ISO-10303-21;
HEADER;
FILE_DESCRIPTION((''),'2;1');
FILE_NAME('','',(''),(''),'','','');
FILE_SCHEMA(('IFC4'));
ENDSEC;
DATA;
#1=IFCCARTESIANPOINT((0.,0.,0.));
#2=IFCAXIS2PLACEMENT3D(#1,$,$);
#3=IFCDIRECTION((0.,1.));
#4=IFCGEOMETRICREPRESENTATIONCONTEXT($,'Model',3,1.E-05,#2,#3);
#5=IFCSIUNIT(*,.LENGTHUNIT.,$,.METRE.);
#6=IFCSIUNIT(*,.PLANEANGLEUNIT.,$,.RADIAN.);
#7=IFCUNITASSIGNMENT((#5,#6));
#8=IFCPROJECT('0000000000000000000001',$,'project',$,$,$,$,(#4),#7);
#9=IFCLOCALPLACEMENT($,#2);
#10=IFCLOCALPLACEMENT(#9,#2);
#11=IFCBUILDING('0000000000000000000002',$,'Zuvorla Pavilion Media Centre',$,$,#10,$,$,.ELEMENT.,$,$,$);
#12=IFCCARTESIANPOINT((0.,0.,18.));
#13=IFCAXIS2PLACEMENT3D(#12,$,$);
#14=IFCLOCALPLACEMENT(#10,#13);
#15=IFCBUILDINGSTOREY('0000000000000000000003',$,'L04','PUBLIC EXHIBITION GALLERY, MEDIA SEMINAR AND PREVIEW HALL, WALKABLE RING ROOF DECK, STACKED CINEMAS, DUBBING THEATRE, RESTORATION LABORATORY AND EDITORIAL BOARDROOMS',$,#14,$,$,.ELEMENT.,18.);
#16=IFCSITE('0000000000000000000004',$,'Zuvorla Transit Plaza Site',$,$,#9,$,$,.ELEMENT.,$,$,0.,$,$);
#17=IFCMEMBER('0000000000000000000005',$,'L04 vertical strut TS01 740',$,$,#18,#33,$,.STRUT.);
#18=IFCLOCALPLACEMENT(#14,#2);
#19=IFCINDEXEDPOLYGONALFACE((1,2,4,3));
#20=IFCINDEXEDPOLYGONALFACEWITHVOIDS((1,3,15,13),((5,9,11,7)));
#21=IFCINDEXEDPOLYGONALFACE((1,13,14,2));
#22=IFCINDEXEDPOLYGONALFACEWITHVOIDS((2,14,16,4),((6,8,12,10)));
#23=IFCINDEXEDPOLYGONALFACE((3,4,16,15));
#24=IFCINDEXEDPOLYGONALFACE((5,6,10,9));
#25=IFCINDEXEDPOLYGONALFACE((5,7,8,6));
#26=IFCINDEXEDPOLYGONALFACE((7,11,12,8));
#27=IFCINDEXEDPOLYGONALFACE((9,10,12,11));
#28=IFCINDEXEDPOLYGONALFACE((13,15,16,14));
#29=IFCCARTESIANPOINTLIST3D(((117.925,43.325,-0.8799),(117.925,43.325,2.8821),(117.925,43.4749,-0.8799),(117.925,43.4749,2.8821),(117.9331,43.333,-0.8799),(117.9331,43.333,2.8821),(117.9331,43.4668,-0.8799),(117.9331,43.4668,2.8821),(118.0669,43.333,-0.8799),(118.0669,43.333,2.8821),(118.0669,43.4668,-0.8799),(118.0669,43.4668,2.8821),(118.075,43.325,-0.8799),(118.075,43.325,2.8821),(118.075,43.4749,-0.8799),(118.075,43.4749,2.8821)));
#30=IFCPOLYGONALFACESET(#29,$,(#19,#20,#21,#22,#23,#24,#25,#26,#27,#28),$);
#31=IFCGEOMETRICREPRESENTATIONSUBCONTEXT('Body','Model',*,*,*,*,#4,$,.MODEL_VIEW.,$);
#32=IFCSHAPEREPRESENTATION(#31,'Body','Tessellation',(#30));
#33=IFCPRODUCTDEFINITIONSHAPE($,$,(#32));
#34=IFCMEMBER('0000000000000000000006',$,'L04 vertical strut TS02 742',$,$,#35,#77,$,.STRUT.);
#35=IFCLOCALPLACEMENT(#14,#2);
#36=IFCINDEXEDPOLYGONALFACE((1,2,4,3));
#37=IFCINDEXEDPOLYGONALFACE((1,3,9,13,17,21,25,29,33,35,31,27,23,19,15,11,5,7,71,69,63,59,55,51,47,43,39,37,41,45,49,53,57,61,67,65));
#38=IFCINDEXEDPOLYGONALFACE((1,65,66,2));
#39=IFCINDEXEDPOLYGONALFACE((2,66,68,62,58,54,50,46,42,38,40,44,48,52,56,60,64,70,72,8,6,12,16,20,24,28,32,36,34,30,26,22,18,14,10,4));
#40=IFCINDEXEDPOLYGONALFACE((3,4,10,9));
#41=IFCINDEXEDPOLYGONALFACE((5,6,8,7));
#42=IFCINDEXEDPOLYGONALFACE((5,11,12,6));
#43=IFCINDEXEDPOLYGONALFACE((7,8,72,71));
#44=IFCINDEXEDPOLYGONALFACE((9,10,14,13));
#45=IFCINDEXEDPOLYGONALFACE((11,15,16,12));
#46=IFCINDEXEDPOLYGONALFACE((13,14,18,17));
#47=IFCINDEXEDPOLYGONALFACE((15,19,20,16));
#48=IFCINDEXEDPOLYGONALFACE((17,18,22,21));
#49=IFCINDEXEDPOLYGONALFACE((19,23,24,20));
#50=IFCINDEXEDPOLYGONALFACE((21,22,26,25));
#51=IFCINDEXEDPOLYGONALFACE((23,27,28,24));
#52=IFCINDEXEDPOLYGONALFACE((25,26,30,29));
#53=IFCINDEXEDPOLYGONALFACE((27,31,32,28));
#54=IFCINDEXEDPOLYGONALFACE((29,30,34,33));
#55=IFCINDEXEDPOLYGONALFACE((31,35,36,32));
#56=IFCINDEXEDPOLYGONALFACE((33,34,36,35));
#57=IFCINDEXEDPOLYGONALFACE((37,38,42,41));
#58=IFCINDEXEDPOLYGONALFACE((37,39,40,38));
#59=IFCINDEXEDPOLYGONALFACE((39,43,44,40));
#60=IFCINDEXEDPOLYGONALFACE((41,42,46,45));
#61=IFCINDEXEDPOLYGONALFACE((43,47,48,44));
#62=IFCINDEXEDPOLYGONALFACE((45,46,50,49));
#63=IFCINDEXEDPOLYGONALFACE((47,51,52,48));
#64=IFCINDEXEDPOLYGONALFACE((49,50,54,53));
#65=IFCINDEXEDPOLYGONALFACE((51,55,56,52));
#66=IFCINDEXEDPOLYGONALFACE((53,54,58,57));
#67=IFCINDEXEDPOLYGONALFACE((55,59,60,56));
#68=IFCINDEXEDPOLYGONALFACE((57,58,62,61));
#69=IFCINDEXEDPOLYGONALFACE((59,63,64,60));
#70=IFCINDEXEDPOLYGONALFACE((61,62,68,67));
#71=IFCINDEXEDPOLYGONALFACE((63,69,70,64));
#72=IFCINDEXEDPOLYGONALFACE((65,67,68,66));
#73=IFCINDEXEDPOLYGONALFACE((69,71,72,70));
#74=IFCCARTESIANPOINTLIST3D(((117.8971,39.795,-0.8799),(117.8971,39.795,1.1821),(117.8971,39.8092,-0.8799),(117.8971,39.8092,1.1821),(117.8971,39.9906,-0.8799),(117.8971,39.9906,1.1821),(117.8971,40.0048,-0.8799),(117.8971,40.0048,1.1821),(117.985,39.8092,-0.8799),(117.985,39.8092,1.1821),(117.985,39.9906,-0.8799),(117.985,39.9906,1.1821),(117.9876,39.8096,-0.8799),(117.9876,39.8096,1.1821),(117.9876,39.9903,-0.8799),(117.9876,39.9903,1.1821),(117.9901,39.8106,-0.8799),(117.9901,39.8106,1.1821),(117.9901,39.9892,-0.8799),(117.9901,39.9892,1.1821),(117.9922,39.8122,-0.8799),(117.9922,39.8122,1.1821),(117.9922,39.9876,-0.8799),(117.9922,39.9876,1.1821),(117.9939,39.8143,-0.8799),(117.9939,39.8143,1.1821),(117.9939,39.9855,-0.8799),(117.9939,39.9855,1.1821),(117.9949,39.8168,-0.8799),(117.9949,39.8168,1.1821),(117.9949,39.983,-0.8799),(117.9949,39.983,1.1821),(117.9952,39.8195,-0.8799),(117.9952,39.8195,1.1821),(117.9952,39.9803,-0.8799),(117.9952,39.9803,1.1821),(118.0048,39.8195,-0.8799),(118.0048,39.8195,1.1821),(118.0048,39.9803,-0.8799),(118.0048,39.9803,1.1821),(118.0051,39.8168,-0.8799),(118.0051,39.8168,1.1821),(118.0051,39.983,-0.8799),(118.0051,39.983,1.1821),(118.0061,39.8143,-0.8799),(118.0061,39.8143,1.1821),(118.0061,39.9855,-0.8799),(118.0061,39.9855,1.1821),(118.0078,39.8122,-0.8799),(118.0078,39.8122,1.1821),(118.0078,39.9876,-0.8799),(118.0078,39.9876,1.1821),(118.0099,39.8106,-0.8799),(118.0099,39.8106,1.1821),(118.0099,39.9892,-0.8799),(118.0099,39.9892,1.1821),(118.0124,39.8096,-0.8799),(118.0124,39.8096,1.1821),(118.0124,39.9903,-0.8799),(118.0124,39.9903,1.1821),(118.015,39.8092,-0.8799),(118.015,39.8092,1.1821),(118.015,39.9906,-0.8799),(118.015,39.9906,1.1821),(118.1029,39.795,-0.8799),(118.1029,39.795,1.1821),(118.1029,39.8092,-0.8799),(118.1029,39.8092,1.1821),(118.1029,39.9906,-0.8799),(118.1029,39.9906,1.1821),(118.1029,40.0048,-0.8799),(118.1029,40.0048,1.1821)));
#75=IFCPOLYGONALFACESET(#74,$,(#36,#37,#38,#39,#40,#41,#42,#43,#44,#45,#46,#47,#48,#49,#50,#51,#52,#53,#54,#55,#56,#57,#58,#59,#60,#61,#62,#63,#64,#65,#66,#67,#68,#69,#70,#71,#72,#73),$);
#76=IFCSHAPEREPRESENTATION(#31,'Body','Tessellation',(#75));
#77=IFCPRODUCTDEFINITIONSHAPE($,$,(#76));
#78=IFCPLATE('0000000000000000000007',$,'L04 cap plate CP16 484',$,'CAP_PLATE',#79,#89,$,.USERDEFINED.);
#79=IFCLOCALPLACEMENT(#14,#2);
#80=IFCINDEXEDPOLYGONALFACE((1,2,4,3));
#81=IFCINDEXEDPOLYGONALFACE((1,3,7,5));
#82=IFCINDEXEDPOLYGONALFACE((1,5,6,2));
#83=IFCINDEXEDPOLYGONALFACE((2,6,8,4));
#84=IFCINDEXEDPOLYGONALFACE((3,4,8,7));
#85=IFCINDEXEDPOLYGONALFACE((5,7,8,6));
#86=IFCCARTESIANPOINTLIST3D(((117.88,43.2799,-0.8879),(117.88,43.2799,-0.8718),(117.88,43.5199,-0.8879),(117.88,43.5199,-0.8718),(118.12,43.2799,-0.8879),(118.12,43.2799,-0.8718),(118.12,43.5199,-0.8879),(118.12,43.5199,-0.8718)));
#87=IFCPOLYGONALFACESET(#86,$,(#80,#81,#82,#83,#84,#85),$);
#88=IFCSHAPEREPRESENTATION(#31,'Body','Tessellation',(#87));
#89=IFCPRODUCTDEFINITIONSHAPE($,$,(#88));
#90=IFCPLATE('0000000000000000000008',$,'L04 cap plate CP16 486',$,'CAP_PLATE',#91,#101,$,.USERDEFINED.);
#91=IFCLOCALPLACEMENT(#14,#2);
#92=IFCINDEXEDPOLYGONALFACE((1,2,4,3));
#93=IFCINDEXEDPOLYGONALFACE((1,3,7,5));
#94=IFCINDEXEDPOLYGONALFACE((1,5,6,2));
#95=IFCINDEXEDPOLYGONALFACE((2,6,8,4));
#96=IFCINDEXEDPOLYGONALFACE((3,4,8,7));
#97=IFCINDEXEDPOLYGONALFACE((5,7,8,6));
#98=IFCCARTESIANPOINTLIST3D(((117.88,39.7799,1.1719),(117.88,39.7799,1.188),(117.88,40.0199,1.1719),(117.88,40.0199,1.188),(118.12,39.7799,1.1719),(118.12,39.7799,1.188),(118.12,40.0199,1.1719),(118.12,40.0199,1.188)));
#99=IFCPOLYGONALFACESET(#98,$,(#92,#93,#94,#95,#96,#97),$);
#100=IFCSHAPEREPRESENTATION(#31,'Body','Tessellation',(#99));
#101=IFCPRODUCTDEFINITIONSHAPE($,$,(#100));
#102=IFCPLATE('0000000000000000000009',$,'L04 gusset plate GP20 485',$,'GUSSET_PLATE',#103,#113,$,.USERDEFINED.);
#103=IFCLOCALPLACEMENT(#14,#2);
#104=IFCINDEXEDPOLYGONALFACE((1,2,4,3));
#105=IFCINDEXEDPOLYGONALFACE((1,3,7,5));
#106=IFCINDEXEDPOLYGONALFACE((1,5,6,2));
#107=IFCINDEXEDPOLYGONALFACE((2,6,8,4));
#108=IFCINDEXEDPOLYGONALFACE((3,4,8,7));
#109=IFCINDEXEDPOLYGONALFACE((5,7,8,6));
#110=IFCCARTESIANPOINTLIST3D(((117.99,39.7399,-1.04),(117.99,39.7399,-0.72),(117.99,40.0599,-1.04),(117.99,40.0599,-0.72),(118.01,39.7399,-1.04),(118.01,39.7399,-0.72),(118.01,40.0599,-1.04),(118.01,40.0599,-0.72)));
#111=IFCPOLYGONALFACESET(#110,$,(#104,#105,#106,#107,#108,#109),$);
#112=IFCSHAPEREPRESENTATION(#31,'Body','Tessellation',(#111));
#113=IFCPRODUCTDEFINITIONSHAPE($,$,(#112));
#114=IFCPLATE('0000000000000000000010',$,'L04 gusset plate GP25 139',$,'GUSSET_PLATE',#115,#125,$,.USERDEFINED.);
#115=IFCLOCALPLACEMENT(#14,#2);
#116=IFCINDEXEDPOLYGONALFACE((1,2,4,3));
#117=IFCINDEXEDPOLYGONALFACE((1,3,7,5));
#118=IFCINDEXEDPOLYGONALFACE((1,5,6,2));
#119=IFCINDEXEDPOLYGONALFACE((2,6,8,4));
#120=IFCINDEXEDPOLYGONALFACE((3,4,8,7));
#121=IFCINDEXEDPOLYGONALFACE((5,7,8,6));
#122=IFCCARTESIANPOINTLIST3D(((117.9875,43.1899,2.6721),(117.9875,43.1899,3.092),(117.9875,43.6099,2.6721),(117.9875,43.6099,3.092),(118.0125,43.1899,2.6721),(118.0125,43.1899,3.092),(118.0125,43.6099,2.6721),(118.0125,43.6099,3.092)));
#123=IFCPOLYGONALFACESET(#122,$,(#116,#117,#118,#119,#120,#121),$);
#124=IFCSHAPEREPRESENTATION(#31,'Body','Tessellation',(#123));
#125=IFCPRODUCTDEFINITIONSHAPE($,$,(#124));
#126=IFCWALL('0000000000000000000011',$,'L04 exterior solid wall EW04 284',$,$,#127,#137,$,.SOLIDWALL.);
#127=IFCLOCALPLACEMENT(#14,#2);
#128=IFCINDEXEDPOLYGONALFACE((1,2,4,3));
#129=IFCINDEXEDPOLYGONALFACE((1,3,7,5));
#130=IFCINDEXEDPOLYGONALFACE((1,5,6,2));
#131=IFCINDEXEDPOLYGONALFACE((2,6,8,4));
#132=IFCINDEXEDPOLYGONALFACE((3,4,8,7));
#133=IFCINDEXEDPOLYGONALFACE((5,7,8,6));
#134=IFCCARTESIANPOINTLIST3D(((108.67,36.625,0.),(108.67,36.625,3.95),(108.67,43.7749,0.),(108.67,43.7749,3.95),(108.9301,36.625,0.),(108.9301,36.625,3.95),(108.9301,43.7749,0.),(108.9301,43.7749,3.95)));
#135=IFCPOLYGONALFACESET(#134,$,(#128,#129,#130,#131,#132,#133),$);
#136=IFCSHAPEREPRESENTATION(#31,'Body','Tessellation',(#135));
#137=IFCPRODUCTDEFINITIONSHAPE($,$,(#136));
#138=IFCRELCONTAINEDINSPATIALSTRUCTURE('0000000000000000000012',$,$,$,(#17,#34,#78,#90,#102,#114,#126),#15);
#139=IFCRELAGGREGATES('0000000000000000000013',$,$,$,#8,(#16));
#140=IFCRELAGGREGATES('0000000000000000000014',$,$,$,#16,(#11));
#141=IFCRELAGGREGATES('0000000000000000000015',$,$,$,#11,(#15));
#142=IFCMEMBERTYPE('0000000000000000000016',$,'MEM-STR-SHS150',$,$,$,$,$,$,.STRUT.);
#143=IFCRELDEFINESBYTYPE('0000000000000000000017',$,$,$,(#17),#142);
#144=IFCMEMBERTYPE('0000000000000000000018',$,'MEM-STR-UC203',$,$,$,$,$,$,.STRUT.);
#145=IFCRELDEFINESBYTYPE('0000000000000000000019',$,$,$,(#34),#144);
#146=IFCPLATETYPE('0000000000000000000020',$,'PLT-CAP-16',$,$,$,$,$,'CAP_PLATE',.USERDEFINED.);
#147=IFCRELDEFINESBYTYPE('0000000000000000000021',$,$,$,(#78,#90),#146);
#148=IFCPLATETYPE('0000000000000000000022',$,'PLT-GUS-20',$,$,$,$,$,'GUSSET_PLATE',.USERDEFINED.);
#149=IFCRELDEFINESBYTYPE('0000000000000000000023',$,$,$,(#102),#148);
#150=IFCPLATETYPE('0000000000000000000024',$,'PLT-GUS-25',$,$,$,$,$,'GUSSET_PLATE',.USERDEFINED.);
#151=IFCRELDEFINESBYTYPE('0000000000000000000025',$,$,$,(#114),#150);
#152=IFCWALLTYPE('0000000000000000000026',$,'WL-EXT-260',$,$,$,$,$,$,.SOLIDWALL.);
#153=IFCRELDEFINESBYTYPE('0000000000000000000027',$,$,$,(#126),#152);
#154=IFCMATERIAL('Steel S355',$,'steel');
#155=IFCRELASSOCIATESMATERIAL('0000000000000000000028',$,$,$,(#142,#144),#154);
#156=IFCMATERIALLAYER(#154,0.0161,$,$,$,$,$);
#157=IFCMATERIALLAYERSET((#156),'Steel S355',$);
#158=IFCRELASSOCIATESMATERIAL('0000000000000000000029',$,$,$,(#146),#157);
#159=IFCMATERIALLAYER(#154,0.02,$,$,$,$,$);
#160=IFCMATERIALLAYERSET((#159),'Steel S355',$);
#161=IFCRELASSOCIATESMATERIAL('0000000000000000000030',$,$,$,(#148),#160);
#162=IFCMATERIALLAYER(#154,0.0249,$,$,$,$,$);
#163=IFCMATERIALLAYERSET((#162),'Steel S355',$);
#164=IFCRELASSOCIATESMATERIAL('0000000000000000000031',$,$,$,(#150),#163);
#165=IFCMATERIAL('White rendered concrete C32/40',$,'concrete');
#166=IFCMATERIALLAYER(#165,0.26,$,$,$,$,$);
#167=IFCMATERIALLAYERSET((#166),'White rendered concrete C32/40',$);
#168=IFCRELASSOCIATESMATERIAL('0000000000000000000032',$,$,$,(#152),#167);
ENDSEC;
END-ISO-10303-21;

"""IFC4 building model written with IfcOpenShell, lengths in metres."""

from ifc_helpers import new_model, si_unit, direction, frame, frame_2d, origin, origin_2d, place, context, subcontext, project, spatial, rectangle, hollow_rectangle, i_section, extrude, material, layer, layer_set, material_profile, profile_set, type_object, element, save


model = new_model("IFC4")

# Units and contexts
model_context = context("Model", 3, precision=1e-05, world=origin(), true_north=direction((0.0, 1.0)))
body_context = subcontext(model_context, "Body", "Model", "MODEL_VIEW")
ifc_project = project(units=[si_unit("LENGTHUNIT", "METRE"), si_unit("PLANEANGLEUNIT", "RADIAN")], contexts=[model_context])

# Site, building, storey
site_placement = place(None, origin())
site = spatial("IfcSite", under=ifc_project, at=site_placement, Name="Zuvorla Transit Plaza Site", CompositionType="ELEMENT", RefElevation=0.0)
building_placement = place(site_placement, origin())
building = spatial("IfcBuilding", under=site, at=building_placement, Name="Zuvorla Pavilion Media Centre", CompositionType="ELEMENT")
storey_placement = place(building_placement, frame((0.0, 0.0, 18.0)))
storey = spatial("IfcBuildingStorey", under=building, at=storey_placement, Name="L04", Description="PUBLIC EXHIBITION GALLERY, MEDIA SEMINAR AND PREVIEW HALL, WALKABLE RING ROOF DECK, STACKED CINEMAS, DUBBING THEATRE, RESTORATION LABORATORY AND EDITORIAL BOARDROOMS", CompositionType="ELEMENT", Elevation=18.0)

# Shared definitions
ifc_material_1 = material(Name="Steel S355", Category="steel")

# Members
ifc_material_profile_1 = material_profile(ifc_material_1, hollow_rectangle(XDim=0.1499, YDim=0.1499, WallThickness=0.0081, at=origin_2d()), Name="SHS 150x150x8")
ifc_profile_set_1 = profile_set([ifc_material_profile_1], Name="Steel S355")
member_type_1 = type_object("IfcMemberType", Name="MEM-STR-SHS150", PredefinedType="STRUT", material=ifc_profile_set_1)
member_1_placement = place(storey_placement, frame((118.0, 43.3999, -0.8799), z_axis=(0.0, 0.0, 1.0), x_axis=(1.0, 0.0, 0.0)))
element("IfcMember", 1, at=member_1_placement, inside=storey, type_object=member_type_1, Name="L04 vertical strut TS01 740", PredefinedType="STRUT", context=body_context, shape_type="SweptSolid", body=[
    extrude(hollow_rectangle(XDim=0.1499, YDim=0.1499, WallThickness=0.0081, at=origin_2d()), origin(), (0.0, 0.0, 1.0), 3.762),
])
ifc_material_profile_2 = material_profile(ifc_material_1, i_section(OverallWidth=0.2058, OverallDepth=0.2097, WebThickness=0.0095, FlangeThickness=0.0142, FilletRadius=0.0103, at=origin_2d()), Name="UC 203x203x60")
ifc_profile_set_2 = profile_set([ifc_material_profile_2], Name="Steel S355")
member_type_2 = type_object("IfcMemberType", Name="MEM-STR-UC203", PredefinedType="STRUT", material=ifc_profile_set_2)
member_2_placement = place(storey_placement, frame((118.0, 39.8999, -0.8799), z_axis=(0.0, 0.0, 1.0), x_axis=(1.0, 0.0, 0.0)))
element("IfcMember", 2, at=member_2_placement, inside=storey, type_object=member_type_2, Name="L04 vertical strut TS02 742", PredefinedType="STRUT", context=body_context, shape_type="SweptSolid", body=[
    extrude(i_section(OverallWidth=0.2058, OverallDepth=0.2097, WebThickness=0.0095, FlangeThickness=0.0142, FilletRadius=0.0103, at=origin_2d()), origin(), (0.0, 0.0, 1.0), 2.062),
])

# Plates
ifc_layer_1 = layer(ifc_material_1, 0.0161)
ifc_layer_set_1 = layer_set([ifc_layer_1], Name="Steel S355")
plate_type_1 = type_object("IfcPlateType", Name="PLT-CAP-16", ElementType="CAP_PLATE", PredefinedType="USERDEFINED", material=ifc_layer_set_1)
for number, where, z_axis, x_axis, name in (
    (3, (118.0, 43.3999, -0.8879), (0.0, 0.0, 1.0), (1.0, 0.0, 0.0), "L04 cap plate CP16 484"),
    (4, (118.0, 39.8999, 1.1719), (0.0, 0.0, 1.0), (1.0, 0.0, 0.0), "L04 cap plate CP16 486"),
):
    element("IfcPlate", number, at=place(storey_placement, frame(where, z_axis=z_axis, x_axis=x_axis)), inside=storey, type_object=plate_type_1, Name=name, ObjectType="CAP_PLATE", PredefinedType="USERDEFINED", context=body_context, shape_type="SweptSolid", body=[
        extrude(rectangle(XDim=0.24, YDim=0.24, at=origin_2d()), origin(), (0.0, 0.0, 1.0), 0.0161),
    ])
ifc_layer_2 = layer(ifc_material_1, 0.02)
ifc_layer_set_2 = layer_set([ifc_layer_2], Name="Steel S355")
plate_type_2 = type_object("IfcPlateType", Name="PLT-GUS-20", ElementType="GUSSET_PLATE", PredefinedType="USERDEFINED", material=ifc_layer_set_2)
plate_1_placement = place(storey_placement, frame((118.0, 39.8999, -1.04), z_axis=(0.0, 0.0, 1.0), x_axis=(1.0, 0.0, 0.0)))
element("IfcPlate", 5, at=plate_1_placement, inside=storey, type_object=plate_type_2, Name="L04 gusset plate GP20 485", ObjectType="GUSSET_PLATE", PredefinedType="USERDEFINED", context=body_context, shape_type="SweptSolid", body=[
    extrude(rectangle(XDim=0.02, YDim=0.3201, at=origin_2d()), origin(), (0.0, 0.0, 1.0), 0.3201),
])
ifc_layer_3 = layer(ifc_material_1, 0.0249)
ifc_layer_set_3 = layer_set([ifc_layer_3], Name="Steel S355")
plate_type_3 = type_object("IfcPlateType", Name="PLT-GUS-25", ElementType="GUSSET_PLATE", PredefinedType="USERDEFINED", material=ifc_layer_set_3)
plate_2_placement = place(storey_placement, frame((118.0, 43.3999, 2.6721), z_axis=(0.0, 0.0, 1.0), x_axis=(1.0, 0.0, 0.0)))
element("IfcPlate", 6, at=plate_2_placement, inside=storey, type_object=plate_type_3, Name="L04 gusset plate GP25 139", ObjectType="GUSSET_PLATE", PredefinedType="USERDEFINED", context=body_context, shape_type="SweptSolid", body=[
    extrude(rectangle(XDim=0.0249, YDim=0.4199, at=origin_2d()), origin(), (0.0, 0.0, 1.0), 0.4199),
])

# Wall
ifc_material_2 = material(Name="White rendered concrete C32/40", Category="concrete")
ifc_layer_4 = layer(ifc_material_2, 0.26)
ifc_layer_set_4 = layer_set([ifc_layer_4], Name="White rendered concrete C32/40")
wall_type = type_object("IfcWallType", Name="WL-EXT-260", PredefinedType="SOLIDWALL", material=ifc_layer_set_4)
wall_placement = place(storey_placement, frame((108.8, 36.625, 0.0), z_axis=(0.0, 0.0, 1.0), x_axis=(0.0, 1.0, 0.0)))
element("IfcWall", 7, at=wall_placement, inside=storey, type_object=wall_type, Name="L04 exterior solid wall EW04 284", PredefinedType="SOLIDWALL", context=body_context, shape_type="SweptSolid", body=[
    extrude(rectangle(XDim=7.1499, YDim=0.26, at=frame_2d((3.575, 0.0))), origin(), (0.0, 0.0, 1.0), 3.95),
])

save(model, "model.ifc")
